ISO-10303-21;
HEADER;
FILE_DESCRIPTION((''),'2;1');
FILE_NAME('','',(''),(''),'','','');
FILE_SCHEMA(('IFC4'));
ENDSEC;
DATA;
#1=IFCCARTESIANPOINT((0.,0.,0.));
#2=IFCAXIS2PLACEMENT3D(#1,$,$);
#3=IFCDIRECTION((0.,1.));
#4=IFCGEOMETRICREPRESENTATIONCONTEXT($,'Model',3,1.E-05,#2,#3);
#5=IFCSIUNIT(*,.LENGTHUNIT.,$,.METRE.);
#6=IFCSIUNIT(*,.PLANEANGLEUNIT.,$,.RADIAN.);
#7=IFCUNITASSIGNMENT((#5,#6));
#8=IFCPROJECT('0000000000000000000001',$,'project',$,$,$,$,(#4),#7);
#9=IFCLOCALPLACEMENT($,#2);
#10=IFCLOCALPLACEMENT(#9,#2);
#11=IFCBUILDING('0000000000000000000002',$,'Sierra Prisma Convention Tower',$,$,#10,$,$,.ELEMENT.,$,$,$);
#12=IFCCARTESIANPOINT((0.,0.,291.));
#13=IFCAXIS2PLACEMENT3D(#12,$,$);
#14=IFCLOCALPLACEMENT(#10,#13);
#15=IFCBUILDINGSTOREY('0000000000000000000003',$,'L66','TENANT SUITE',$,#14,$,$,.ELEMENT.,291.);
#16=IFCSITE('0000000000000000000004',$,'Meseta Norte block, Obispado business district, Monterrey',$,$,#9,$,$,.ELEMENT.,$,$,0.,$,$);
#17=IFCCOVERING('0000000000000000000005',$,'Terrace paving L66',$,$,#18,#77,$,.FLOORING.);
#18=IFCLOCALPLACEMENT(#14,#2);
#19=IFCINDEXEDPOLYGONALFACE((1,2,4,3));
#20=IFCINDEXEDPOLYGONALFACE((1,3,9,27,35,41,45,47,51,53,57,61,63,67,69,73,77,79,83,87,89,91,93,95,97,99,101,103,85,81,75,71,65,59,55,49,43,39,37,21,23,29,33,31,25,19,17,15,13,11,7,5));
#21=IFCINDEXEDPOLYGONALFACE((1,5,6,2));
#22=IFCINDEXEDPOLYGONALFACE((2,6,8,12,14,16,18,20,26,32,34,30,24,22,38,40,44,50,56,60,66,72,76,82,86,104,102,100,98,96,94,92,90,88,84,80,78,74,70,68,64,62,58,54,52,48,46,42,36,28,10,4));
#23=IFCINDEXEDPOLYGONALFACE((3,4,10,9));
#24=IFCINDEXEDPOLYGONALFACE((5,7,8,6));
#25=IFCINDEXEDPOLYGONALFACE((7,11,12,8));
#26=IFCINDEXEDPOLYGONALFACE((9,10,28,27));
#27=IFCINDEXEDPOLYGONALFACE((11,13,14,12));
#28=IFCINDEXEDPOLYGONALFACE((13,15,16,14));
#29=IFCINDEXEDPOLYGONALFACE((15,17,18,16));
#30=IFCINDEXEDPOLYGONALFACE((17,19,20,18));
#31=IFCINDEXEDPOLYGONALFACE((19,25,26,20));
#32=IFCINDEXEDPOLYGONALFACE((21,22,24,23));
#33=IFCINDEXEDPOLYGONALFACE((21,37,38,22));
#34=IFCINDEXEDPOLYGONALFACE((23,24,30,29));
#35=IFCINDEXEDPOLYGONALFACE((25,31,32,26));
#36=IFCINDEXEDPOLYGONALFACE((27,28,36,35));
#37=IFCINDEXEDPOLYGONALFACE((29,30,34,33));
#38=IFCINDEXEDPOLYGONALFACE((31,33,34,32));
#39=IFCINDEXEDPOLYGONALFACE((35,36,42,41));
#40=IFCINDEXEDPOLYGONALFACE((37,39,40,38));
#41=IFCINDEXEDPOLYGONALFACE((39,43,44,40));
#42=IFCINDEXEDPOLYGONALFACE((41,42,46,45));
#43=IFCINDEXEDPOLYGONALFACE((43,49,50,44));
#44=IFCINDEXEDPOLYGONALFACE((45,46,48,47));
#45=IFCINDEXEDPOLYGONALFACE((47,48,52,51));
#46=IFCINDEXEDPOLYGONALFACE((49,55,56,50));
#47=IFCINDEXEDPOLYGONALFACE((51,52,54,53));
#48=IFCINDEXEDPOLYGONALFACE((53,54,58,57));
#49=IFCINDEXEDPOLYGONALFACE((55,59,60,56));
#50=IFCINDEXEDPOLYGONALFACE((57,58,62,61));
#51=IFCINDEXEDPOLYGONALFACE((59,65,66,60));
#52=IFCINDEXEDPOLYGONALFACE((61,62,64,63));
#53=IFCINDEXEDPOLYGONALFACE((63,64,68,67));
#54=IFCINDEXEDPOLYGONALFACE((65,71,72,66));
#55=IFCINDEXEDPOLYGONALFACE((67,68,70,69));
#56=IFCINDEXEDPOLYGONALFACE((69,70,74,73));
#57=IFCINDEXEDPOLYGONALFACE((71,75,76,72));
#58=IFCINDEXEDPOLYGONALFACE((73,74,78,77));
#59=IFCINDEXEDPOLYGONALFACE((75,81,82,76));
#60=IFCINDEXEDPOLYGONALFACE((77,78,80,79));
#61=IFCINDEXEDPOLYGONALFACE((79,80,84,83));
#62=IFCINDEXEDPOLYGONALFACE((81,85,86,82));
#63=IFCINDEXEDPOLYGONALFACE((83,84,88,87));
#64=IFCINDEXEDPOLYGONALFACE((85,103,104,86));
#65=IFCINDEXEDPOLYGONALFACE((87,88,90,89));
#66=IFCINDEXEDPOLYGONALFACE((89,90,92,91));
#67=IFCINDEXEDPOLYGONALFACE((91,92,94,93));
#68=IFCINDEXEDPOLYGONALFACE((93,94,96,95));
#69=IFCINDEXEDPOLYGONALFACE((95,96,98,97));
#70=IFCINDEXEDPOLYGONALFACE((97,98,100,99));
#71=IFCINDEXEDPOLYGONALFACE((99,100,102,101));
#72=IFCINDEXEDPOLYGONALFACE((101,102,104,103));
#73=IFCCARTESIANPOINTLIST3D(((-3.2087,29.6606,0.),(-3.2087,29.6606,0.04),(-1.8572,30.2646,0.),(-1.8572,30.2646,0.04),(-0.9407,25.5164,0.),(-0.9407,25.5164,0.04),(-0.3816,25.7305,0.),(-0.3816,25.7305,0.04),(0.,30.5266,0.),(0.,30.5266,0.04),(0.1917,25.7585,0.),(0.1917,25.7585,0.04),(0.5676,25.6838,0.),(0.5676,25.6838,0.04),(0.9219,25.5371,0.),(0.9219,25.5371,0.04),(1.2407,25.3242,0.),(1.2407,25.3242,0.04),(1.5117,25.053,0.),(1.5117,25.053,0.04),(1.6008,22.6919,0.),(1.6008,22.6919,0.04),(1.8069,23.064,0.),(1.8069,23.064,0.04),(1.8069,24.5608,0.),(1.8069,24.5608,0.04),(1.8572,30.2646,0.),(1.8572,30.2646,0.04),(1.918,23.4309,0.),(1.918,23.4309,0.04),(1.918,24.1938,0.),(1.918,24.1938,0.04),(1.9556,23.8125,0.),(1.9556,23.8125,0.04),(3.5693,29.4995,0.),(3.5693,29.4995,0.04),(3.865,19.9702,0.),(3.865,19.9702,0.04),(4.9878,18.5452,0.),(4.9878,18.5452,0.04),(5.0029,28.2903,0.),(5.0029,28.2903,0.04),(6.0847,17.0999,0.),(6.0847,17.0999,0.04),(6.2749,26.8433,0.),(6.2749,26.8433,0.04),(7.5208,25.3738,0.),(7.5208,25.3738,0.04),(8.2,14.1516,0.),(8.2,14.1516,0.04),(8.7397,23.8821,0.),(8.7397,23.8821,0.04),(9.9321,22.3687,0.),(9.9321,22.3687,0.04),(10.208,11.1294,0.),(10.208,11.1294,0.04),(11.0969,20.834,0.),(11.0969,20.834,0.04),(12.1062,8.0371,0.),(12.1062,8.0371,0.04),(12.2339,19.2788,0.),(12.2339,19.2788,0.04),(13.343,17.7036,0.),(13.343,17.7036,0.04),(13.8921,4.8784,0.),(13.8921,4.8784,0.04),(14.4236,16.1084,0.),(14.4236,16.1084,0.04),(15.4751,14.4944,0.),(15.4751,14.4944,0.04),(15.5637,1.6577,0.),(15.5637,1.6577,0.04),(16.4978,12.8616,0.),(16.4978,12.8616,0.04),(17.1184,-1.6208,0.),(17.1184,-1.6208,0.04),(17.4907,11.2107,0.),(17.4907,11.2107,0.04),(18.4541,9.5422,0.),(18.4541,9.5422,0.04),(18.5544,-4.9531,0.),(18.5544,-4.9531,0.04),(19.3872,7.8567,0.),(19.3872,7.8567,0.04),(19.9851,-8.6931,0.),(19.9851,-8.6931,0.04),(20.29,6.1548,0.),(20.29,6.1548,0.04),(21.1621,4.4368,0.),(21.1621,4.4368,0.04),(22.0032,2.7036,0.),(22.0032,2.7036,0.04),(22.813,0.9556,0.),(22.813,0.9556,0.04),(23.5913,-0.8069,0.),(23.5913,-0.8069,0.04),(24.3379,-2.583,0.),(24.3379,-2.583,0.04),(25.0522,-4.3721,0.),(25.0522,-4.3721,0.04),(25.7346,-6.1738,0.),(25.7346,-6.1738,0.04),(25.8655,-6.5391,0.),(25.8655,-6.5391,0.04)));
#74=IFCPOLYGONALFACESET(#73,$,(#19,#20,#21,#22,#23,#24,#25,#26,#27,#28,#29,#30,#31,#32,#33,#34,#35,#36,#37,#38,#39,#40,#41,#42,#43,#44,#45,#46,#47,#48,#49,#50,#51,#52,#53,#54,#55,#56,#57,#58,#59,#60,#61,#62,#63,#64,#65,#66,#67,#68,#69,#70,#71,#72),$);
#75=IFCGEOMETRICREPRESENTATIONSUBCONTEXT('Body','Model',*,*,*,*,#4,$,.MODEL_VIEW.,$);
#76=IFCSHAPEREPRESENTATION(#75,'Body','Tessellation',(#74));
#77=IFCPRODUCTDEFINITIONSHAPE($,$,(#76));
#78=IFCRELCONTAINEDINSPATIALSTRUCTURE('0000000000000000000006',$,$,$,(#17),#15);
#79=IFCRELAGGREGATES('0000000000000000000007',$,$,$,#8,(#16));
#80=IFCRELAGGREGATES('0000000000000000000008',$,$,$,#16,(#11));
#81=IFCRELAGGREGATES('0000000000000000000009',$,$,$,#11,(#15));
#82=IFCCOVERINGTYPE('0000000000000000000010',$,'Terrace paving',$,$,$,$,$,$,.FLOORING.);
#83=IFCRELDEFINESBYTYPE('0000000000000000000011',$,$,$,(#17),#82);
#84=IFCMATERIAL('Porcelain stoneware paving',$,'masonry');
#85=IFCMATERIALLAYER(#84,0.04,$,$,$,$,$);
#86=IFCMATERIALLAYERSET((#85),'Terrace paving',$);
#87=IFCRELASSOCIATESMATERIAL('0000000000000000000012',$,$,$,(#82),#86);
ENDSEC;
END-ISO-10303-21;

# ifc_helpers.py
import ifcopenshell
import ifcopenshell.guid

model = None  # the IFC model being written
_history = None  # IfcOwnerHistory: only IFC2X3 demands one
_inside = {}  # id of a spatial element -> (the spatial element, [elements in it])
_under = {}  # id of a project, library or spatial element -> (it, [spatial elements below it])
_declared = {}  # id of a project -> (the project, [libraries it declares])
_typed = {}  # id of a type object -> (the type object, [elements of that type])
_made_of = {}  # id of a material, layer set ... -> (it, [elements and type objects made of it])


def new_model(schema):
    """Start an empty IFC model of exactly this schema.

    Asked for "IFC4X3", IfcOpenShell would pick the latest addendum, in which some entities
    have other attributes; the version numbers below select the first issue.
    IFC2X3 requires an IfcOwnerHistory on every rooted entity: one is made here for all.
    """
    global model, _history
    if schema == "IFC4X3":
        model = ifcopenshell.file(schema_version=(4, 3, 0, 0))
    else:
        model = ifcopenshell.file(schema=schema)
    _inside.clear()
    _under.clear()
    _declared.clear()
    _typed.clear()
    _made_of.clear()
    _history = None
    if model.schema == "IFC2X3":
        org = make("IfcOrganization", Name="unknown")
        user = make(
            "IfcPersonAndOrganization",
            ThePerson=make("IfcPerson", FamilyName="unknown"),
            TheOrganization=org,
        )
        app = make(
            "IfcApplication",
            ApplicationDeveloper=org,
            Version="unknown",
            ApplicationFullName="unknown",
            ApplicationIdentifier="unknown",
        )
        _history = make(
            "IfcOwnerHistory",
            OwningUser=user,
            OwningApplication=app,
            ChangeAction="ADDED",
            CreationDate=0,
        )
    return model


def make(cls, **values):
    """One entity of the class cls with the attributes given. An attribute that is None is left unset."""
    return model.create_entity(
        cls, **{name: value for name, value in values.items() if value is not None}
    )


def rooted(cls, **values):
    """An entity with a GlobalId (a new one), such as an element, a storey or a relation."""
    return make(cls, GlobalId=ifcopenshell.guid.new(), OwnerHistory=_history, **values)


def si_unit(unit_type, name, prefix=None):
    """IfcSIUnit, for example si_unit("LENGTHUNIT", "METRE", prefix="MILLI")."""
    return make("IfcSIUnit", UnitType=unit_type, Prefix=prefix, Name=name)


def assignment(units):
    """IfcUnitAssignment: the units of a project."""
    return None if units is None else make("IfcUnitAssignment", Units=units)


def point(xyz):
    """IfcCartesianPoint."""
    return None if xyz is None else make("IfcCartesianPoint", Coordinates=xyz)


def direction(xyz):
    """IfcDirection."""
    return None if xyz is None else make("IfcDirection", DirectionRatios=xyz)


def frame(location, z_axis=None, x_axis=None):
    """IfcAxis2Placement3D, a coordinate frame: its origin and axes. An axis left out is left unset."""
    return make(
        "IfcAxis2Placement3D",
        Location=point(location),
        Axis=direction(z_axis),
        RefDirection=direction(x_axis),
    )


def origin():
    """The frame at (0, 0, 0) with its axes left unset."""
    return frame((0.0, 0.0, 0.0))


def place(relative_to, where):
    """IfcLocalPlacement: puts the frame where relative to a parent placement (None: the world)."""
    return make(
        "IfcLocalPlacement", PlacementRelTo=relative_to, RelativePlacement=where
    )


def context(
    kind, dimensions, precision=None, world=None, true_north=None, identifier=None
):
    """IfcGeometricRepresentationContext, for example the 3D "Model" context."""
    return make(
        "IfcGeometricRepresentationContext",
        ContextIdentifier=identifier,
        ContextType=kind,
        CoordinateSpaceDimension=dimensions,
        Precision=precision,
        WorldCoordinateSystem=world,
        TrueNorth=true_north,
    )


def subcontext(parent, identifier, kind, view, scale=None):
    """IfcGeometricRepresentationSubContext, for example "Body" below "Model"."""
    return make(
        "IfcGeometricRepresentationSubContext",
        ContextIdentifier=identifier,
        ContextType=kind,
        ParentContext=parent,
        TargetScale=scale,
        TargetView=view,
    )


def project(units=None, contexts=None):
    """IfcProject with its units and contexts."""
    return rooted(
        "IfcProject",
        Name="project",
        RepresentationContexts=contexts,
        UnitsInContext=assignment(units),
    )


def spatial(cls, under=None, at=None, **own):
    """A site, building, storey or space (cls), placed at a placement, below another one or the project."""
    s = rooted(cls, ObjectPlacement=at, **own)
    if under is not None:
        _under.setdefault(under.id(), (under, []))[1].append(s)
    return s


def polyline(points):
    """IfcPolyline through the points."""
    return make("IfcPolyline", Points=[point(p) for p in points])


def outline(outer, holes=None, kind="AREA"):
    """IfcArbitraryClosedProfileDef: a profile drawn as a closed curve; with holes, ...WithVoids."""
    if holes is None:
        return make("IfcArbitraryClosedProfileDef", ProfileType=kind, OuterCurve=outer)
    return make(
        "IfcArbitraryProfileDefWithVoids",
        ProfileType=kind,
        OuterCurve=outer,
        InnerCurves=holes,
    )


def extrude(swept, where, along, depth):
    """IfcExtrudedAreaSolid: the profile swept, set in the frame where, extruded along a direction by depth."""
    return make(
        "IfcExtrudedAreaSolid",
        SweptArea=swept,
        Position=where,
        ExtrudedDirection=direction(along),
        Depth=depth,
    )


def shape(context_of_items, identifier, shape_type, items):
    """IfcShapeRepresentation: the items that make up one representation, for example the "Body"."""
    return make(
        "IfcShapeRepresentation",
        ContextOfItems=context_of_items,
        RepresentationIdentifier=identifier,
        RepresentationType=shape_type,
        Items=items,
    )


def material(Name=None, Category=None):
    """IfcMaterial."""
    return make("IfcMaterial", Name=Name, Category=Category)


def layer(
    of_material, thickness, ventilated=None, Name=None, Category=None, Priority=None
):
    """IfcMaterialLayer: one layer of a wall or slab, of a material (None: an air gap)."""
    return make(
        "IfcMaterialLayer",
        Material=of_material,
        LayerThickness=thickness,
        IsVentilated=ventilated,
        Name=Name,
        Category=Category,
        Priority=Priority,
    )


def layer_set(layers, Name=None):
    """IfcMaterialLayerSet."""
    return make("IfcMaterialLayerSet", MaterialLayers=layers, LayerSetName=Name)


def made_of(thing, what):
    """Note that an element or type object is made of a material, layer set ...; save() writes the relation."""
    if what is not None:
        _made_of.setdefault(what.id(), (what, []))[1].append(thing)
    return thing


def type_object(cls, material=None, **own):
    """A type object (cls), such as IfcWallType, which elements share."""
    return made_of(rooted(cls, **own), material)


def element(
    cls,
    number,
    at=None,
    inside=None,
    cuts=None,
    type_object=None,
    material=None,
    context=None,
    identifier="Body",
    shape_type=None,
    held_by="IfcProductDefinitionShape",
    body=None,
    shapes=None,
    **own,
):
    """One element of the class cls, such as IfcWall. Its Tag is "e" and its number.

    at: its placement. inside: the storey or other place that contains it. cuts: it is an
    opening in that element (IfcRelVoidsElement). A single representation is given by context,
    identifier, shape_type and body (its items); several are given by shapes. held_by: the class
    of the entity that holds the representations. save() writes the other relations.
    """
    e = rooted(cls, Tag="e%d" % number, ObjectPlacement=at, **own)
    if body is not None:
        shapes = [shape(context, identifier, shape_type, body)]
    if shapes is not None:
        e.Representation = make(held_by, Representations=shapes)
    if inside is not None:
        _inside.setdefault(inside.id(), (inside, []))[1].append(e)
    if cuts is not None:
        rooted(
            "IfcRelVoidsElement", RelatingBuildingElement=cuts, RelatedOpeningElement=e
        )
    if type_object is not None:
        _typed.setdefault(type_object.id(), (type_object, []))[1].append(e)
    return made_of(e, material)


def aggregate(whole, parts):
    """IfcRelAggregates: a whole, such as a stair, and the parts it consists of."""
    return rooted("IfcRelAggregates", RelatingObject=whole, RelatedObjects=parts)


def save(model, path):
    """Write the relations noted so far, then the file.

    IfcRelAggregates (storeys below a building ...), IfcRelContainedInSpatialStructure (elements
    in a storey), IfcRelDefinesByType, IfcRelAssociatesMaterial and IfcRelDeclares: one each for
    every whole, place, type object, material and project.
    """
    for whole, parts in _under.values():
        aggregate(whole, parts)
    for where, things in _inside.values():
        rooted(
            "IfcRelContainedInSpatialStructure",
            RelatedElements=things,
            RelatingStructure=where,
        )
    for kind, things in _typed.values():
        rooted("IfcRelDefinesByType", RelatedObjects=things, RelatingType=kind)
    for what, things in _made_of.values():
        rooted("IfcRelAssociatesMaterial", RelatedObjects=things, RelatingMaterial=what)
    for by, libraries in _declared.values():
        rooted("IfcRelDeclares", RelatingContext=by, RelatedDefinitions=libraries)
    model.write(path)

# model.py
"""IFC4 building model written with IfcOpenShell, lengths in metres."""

from ifc_helpers import new_model, si_unit, direction, frame, origin, place, context, subcontext, project, spatial, polyline, outline, extrude, material, layer, layer_set, type_object, element, save


model = new_model("IFC4")

# Units and contexts
model_context = context("Model", 3, precision=1e-05, world=origin(), true_north=direction((0.0, 1.0)))
body_context = subcontext(model_context, "Body", "Model", "MODEL_VIEW")
ifc_project = project(units=[si_unit("LENGTHUNIT", "METRE"), si_unit("PLANEANGLEUNIT", "RADIAN")], contexts=[model_context])

# Site, building, storey
site_placement = place(None, origin())
site = spatial("IfcSite", under=ifc_project, at=site_placement, Name="Meseta Norte block, Obispado business district, Monterrey", CompositionType="ELEMENT", RefElevation=0.0)
building_placement = place(site_placement, origin())
building = spatial("IfcBuilding", under=site, at=building_placement, Name="Sierra Prisma Convention Tower", CompositionType="ELEMENT")
storey_placement = place(building_placement, frame((0.0, 0.0, 291.0)))
storey = spatial("IfcBuildingStorey", under=building, at=storey_placement, Name="L66", Description="TENANT SUITE", CompositionType="ELEMENT", Elevation=291.0)

# Covering
ifc_material_1 = material(Name="Porcelain stoneware paving", Category="masonry")
ifc_layer_1 = layer(ifc_material_1, 0.04)
ifc_layer_set_1 = layer_set([ifc_layer_1], Name="Terrace paving")
covering_type_1 = type_object("IfcCoveringType", Name="Terrace paving", PredefinedType="FLOORING", material=ifc_layer_set_1)
covering_1_placement = place(storey_placement, origin())
element("IfcCovering", 1, at=covering_1_placement, inside=storey, type_object=covering_type_1, Name="Terrace paving L66", PredefinedType="FLOORING", context=body_context, shape_type="SweptSolid", body=[
    extrude(outline(polyline([(25.8655, -6.5391), (25.7346, -6.1738), (25.0522, -4.3721), (24.3379, -2.583), (23.5913, -0.8069), (22.813, 0.9556), (22.0032, 2.7036), (21.1621, 4.4368), (20.29, 6.1548), (19.3872, 7.8567), (18.4541, 9.5422), (17.4907, 11.2107), (16.4978, 12.8616), (15.4751, 14.4944), (14.4236, 16.1084), (13.343, 17.7036), (12.2339, 19.2788), (11.0969, 20.834), (9.9321, 22.3687), (8.7397, 23.8821), (7.5208, 25.3738), (6.2749, 26.8433), (5.0029, 28.2903), (3.5693, 29.4995), (1.8572, 30.2646), (0.0, 30.5266), (-1.8572, 30.2646), (-3.2087, 29.6606), (-0.9407, 25.5164), (-0.3816, 25.7305), (0.1917, 25.7585), (0.5676, 25.6838), (0.9219, 25.5371), (1.2407, 25.3242), (1.5117, 25.053), (1.8069, 24.5608), (1.918, 24.1938), (1.9556, 23.8125), (1.918, 23.4309), (1.8069, 23.064), (1.6008, 22.6919), (3.865, 19.9702), (4.9878, 18.5452), (6.0847, 17.0999), (8.2, 14.1516), (10.208, 11.1294), (12.1062, 8.0371), (13.8921, 4.8784), (15.5637, 1.6577), (17.1184, -1.6208), (18.5544, -4.9531), (19.9851, -8.6931), (25.8655, -6.5391)])), origin(), (0.0, 0.0, 1.0), 0.04),
])

save(model, "model.ifc")
